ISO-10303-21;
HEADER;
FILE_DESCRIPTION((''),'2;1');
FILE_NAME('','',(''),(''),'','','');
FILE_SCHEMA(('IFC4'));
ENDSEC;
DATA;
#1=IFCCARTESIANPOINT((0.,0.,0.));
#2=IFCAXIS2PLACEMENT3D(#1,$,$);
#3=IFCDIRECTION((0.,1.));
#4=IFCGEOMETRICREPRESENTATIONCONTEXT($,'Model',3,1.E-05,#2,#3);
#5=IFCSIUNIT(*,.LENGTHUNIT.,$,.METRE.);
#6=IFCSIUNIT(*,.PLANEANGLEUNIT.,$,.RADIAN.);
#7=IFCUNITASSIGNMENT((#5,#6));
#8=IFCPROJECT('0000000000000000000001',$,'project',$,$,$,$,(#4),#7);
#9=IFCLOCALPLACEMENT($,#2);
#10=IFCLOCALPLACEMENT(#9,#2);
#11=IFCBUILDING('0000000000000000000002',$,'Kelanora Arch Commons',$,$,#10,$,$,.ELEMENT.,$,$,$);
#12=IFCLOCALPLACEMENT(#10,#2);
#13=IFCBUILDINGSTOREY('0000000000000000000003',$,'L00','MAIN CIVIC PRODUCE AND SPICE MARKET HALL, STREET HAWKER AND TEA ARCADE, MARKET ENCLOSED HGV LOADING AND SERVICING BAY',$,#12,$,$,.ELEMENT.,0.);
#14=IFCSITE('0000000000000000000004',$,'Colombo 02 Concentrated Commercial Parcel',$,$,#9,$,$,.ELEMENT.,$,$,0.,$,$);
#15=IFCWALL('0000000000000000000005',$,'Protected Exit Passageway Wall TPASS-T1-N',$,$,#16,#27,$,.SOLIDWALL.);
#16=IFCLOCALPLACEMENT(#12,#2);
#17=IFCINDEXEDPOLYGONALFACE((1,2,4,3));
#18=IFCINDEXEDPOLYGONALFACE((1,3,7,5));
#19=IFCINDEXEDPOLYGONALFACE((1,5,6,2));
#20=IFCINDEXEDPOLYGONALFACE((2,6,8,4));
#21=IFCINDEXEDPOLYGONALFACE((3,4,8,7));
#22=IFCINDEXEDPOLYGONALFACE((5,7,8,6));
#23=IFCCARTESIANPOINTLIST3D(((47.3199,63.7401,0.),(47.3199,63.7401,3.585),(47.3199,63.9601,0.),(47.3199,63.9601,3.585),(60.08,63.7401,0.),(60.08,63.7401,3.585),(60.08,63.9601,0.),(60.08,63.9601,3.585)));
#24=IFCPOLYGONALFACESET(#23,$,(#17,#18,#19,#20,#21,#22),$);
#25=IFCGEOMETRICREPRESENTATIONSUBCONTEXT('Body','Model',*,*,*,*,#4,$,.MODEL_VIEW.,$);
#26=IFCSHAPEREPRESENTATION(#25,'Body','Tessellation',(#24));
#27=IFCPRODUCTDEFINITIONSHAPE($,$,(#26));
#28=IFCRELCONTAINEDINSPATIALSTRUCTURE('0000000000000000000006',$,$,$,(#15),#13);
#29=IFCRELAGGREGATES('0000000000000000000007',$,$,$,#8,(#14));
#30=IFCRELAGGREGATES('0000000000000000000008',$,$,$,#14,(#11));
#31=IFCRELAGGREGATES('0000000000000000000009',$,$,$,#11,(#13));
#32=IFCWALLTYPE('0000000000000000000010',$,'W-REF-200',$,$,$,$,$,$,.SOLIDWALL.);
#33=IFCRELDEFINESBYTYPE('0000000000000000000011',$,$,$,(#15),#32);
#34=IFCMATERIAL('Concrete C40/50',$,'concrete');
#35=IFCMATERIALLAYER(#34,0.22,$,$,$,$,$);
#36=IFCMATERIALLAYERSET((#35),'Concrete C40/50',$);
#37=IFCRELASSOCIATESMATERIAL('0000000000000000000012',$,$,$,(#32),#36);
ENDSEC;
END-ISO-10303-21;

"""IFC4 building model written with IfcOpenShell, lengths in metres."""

from ifc_helpers import new_model, si_unit, direction, frame, frame_2d, origin, place, context, subcontext, project, spatial, rectangle, extrude, material, layer, layer_set, type_object, element, save


model = new_model("IFC4")

# Units and contexts
model_context = context("Model", 3, precision=1e-05, world=origin(), true_north=direction((0.0, 1.0)))
body_context = subcontext(model_context, "Body", "Model", "MODEL_VIEW")
ifc_project = project(units=[si_unit("LENGTHUNIT", "METRE"), si_unit("PLANEANGLEUNIT", "RADIAN")], contexts=[model_context])

# Site, building, storey
site_placement = place(None, origin())
site = spatial("IfcSite", under=ifc_project, at=site_placement, Name="Colombo 02 Concentrated Commercial Parcel", CompositionType="ELEMENT", RefElevation=0.0)
building_placement = place(site_placement, origin())
building = spatial("IfcBuilding", under=site, at=building_placement, Name="Kelanora Arch Commons", CompositionType="ELEMENT")
storey_placement = place(building_placement, origin())
storey = spatial("IfcBuildingStorey", under=building, at=storey_placement, Name="L00", Description="MAIN CIVIC PRODUCE AND SPICE MARKET HALL, STREET HAWKER AND TEA ARCADE, MARKET ENCLOSED HGV LOADING AND SERVICING BAY", CompositionType="ELEMENT", Elevation=0.0)

# Shared definitions
ifc_material_1 = material(Name="Concrete C40/50", Category="concrete")

# Wall
ifc_layer_1 = layer(ifc_material_1, 0.22)
ifc_layer_set_1 = layer_set([ifc_layer_1], Name="Concrete C40/50")
wall_type_1 = type_object("IfcWallType", Name="W-REF-200", PredefinedType="SOLIDWALL", material=ifc_layer_set_1)
wall_1_placement = place(storey_placement, frame((47.3201, 63.8501, 0.0), z_axis=(0.0, 0.0, 1.0), x_axis=(1.0, 0.0, 0.0)))
element("IfcWall", 1, at=wall_1_placement, inside=storey, type_object=wall_type_1, Name="Protected Exit Passageway Wall TPASS-T1-N", PredefinedType="SOLIDWALL", context=body_context, shape_type="SweptSolid", body=[
    extrude(rectangle(XDim=12.76, YDim=0.22, at=frame_2d((6.3799, 0.0))), origin(), (0.0, 0.0, 1.0), 3.585),
])

save(model, "model.ifc")
